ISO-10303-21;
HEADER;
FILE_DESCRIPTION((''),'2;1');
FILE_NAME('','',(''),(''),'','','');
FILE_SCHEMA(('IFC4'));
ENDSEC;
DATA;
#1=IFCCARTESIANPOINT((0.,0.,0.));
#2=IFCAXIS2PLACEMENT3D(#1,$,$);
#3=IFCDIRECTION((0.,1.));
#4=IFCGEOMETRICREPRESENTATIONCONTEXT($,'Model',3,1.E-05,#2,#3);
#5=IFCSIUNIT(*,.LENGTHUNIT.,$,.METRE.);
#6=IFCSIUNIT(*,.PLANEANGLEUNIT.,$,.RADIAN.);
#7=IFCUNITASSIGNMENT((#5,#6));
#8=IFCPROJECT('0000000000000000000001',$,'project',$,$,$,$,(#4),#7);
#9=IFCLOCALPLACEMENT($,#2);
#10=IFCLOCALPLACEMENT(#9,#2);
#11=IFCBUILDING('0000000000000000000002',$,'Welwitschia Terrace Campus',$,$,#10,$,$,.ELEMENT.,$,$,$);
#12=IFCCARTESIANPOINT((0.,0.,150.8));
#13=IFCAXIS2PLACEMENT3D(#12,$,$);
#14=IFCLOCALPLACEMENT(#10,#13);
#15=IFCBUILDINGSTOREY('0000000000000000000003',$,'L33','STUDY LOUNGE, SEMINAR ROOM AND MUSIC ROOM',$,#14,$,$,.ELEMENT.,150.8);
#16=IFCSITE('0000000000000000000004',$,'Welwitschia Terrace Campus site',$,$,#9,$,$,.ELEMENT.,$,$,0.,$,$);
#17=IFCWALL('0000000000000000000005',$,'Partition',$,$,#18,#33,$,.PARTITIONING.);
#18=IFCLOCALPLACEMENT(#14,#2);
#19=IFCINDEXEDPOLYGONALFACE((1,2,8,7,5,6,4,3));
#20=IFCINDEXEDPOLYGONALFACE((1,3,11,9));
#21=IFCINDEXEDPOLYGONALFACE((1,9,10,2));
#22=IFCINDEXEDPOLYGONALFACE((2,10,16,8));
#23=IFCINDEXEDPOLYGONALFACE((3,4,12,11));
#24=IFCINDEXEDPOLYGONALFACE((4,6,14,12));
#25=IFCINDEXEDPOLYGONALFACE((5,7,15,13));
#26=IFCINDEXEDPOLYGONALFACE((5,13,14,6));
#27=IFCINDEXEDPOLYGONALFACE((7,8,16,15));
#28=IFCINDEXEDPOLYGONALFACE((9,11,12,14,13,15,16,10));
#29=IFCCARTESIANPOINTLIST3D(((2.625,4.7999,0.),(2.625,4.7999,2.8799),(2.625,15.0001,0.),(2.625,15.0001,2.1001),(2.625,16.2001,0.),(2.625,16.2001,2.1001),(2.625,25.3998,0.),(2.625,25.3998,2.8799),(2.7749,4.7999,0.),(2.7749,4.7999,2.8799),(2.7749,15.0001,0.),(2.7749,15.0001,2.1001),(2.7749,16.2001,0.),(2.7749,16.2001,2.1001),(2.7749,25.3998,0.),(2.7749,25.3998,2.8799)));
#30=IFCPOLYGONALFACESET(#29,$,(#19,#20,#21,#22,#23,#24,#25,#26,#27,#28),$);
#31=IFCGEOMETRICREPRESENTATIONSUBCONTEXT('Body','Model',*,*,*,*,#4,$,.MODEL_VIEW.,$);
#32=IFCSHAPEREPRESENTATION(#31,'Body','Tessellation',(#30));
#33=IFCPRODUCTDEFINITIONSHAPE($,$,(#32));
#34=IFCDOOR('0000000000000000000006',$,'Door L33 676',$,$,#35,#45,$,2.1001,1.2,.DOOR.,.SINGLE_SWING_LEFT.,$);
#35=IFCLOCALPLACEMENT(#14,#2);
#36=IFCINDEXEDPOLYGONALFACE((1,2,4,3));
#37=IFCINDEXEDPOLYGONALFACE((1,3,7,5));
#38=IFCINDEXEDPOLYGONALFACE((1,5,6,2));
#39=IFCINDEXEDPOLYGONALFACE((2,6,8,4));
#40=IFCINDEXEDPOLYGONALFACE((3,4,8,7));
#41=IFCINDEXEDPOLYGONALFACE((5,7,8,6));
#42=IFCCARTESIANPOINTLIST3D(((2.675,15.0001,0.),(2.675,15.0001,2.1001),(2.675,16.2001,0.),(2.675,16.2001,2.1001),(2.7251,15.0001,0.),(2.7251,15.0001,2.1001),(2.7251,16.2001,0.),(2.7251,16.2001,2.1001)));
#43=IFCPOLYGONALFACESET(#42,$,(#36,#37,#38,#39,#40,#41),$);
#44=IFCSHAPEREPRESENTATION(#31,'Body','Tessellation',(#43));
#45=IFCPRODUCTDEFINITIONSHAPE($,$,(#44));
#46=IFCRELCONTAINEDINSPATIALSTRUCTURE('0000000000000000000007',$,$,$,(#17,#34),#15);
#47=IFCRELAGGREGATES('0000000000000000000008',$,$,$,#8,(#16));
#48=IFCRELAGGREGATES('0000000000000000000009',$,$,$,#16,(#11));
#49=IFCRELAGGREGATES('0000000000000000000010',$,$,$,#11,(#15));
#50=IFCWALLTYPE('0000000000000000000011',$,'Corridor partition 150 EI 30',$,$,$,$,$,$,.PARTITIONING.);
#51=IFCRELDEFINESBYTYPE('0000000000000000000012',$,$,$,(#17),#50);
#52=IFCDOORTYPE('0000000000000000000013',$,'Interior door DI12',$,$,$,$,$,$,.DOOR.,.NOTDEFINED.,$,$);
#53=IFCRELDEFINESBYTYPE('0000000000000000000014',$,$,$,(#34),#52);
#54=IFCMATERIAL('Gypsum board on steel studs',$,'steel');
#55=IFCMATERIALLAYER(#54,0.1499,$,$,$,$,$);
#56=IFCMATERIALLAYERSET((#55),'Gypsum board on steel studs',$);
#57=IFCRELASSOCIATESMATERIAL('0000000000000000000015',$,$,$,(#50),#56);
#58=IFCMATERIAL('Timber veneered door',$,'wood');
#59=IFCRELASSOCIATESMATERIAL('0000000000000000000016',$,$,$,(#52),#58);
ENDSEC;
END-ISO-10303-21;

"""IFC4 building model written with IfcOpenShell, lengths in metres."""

from ifc_helpers import new_model, si_unit, direction, frame, frame_2d, origin, place, context, subcontext, project, spatial, rectangle, extrude, material, layer, layer_set, type_object, element, fill, save


model = new_model("IFC4")

# Units and contexts
model_context = context("Model", 3, precision=1e-05, world=origin(), true_north=direction((0.0, 1.0)))
body_context = subcontext(model_context, "Body", "Model", "MODEL_VIEW")
ifc_project = project(units=[si_unit("LENGTHUNIT", "METRE"), si_unit("PLANEANGLEUNIT", "RADIAN")], contexts=[model_context])

# Site, building, storey
site_placement = place(None, origin())
site = spatial("IfcSite", under=ifc_project, at=site_placement, Name="Welwitschia Terrace Campus site", CompositionType="ELEMENT", RefElevation=0.0)
building_placement = place(site_placement, origin())
building = spatial("IfcBuilding", under=site, at=building_placement, Name="Welwitschia Terrace Campus", CompositionType="ELEMENT")
storey_placement = place(building_placement, frame((0.0, 0.0, 150.8)))
storey = spatial("IfcBuildingStorey", under=building, at=storey_placement, Name="L33", Description="STUDY LOUNGE, SEMINAR ROOM AND MUSIC ROOM", CompositionType="ELEMENT", Elevation=150.8)

# Shared definitions
ifc_material_1 = material(Name="Gypsum board on steel studs", Category="steel")
ifc_layer_1 = layer(ifc_material_1, 0.1499)
ifc_layer_set_1 = layer_set([ifc_layer_1], Name="Gypsum board on steel studs")
wall_type_1 = type_object("IfcWallType", Name="Corridor partition 150 EI 30", PredefinedType="PARTITIONING", material=ifc_layer_set_1)

# Wall, opening, door
wall_1_placement = place(storey_placement, frame((2.7, 4.8, 0.0), z_axis=(0.0, 0.0, 1.0), x_axis=(0.0, 1.0, 0.0)))
wall_1 = element("IfcWall", 1, at=wall_1_placement, inside=storey, type_object=wall_type_1, Name="Partition", PredefinedType="PARTITIONING", context=body_context, shape_type="SweptSolid", body=[
    extrude(rectangle(XDim=20.5999, YDim=0.1499, at=frame_2d((10.2998, 0.0))), origin(), (0.0, 0.0, 1.0), 2.8799),
])
opening_1_placement = place(wall_1_placement, frame((10.2, 0.0, 0.0)))
opening_1 = element("IfcOpeningElement", 2, at=opening_1_placement, cuts=wall_1, PredefinedType="OPENING", context=body_context, shape_type="SweptSolid", body=[
    extrude(rectangle(XDim=1.2, YDim=2.1001, at=frame_2d((0.6001, 1.05))), frame((0.0, 0.085, 0.0), z_axis=(0.0, -1.0, 0.0), x_axis=(1.0, 0.0, 0.0)), (0.0, 0.0, 1.0), 0.1699),
])
ifc_material_2 = material(Name="Timber veneered door", Category="wood")
door_type_1 = type_object("IfcDoorType", Name="Interior door DI12", OperationType="NOTDEFINED", PredefinedType="DOOR", material=ifc_material_2)
door_1_placement = place(opening_1_placement, origin())
door_1 = element("IfcDoor", 3, at=door_1_placement, inside=storey, type_object=door_type_1, Name="Door L33 676", OperationType="SINGLE_SWING_LEFT", OverallHeight=2.1001, OverallWidth=1.2, PredefinedType="DOOR", context=body_context, shape_type="SweptSolid", body=[
    extrude(rectangle(XDim=1.2, YDim=2.1001, at=frame_2d((0.6001, 1.05))), frame((0.0, 0.0249, 0.0), z_axis=(0.0, -1.0, 0.0), x_axis=(1.0, 0.0, 0.0)), (0.0, 0.0, 1.0), 0.05),
])
fill(opening_1, door_1)

save(model, "model.ifc")
